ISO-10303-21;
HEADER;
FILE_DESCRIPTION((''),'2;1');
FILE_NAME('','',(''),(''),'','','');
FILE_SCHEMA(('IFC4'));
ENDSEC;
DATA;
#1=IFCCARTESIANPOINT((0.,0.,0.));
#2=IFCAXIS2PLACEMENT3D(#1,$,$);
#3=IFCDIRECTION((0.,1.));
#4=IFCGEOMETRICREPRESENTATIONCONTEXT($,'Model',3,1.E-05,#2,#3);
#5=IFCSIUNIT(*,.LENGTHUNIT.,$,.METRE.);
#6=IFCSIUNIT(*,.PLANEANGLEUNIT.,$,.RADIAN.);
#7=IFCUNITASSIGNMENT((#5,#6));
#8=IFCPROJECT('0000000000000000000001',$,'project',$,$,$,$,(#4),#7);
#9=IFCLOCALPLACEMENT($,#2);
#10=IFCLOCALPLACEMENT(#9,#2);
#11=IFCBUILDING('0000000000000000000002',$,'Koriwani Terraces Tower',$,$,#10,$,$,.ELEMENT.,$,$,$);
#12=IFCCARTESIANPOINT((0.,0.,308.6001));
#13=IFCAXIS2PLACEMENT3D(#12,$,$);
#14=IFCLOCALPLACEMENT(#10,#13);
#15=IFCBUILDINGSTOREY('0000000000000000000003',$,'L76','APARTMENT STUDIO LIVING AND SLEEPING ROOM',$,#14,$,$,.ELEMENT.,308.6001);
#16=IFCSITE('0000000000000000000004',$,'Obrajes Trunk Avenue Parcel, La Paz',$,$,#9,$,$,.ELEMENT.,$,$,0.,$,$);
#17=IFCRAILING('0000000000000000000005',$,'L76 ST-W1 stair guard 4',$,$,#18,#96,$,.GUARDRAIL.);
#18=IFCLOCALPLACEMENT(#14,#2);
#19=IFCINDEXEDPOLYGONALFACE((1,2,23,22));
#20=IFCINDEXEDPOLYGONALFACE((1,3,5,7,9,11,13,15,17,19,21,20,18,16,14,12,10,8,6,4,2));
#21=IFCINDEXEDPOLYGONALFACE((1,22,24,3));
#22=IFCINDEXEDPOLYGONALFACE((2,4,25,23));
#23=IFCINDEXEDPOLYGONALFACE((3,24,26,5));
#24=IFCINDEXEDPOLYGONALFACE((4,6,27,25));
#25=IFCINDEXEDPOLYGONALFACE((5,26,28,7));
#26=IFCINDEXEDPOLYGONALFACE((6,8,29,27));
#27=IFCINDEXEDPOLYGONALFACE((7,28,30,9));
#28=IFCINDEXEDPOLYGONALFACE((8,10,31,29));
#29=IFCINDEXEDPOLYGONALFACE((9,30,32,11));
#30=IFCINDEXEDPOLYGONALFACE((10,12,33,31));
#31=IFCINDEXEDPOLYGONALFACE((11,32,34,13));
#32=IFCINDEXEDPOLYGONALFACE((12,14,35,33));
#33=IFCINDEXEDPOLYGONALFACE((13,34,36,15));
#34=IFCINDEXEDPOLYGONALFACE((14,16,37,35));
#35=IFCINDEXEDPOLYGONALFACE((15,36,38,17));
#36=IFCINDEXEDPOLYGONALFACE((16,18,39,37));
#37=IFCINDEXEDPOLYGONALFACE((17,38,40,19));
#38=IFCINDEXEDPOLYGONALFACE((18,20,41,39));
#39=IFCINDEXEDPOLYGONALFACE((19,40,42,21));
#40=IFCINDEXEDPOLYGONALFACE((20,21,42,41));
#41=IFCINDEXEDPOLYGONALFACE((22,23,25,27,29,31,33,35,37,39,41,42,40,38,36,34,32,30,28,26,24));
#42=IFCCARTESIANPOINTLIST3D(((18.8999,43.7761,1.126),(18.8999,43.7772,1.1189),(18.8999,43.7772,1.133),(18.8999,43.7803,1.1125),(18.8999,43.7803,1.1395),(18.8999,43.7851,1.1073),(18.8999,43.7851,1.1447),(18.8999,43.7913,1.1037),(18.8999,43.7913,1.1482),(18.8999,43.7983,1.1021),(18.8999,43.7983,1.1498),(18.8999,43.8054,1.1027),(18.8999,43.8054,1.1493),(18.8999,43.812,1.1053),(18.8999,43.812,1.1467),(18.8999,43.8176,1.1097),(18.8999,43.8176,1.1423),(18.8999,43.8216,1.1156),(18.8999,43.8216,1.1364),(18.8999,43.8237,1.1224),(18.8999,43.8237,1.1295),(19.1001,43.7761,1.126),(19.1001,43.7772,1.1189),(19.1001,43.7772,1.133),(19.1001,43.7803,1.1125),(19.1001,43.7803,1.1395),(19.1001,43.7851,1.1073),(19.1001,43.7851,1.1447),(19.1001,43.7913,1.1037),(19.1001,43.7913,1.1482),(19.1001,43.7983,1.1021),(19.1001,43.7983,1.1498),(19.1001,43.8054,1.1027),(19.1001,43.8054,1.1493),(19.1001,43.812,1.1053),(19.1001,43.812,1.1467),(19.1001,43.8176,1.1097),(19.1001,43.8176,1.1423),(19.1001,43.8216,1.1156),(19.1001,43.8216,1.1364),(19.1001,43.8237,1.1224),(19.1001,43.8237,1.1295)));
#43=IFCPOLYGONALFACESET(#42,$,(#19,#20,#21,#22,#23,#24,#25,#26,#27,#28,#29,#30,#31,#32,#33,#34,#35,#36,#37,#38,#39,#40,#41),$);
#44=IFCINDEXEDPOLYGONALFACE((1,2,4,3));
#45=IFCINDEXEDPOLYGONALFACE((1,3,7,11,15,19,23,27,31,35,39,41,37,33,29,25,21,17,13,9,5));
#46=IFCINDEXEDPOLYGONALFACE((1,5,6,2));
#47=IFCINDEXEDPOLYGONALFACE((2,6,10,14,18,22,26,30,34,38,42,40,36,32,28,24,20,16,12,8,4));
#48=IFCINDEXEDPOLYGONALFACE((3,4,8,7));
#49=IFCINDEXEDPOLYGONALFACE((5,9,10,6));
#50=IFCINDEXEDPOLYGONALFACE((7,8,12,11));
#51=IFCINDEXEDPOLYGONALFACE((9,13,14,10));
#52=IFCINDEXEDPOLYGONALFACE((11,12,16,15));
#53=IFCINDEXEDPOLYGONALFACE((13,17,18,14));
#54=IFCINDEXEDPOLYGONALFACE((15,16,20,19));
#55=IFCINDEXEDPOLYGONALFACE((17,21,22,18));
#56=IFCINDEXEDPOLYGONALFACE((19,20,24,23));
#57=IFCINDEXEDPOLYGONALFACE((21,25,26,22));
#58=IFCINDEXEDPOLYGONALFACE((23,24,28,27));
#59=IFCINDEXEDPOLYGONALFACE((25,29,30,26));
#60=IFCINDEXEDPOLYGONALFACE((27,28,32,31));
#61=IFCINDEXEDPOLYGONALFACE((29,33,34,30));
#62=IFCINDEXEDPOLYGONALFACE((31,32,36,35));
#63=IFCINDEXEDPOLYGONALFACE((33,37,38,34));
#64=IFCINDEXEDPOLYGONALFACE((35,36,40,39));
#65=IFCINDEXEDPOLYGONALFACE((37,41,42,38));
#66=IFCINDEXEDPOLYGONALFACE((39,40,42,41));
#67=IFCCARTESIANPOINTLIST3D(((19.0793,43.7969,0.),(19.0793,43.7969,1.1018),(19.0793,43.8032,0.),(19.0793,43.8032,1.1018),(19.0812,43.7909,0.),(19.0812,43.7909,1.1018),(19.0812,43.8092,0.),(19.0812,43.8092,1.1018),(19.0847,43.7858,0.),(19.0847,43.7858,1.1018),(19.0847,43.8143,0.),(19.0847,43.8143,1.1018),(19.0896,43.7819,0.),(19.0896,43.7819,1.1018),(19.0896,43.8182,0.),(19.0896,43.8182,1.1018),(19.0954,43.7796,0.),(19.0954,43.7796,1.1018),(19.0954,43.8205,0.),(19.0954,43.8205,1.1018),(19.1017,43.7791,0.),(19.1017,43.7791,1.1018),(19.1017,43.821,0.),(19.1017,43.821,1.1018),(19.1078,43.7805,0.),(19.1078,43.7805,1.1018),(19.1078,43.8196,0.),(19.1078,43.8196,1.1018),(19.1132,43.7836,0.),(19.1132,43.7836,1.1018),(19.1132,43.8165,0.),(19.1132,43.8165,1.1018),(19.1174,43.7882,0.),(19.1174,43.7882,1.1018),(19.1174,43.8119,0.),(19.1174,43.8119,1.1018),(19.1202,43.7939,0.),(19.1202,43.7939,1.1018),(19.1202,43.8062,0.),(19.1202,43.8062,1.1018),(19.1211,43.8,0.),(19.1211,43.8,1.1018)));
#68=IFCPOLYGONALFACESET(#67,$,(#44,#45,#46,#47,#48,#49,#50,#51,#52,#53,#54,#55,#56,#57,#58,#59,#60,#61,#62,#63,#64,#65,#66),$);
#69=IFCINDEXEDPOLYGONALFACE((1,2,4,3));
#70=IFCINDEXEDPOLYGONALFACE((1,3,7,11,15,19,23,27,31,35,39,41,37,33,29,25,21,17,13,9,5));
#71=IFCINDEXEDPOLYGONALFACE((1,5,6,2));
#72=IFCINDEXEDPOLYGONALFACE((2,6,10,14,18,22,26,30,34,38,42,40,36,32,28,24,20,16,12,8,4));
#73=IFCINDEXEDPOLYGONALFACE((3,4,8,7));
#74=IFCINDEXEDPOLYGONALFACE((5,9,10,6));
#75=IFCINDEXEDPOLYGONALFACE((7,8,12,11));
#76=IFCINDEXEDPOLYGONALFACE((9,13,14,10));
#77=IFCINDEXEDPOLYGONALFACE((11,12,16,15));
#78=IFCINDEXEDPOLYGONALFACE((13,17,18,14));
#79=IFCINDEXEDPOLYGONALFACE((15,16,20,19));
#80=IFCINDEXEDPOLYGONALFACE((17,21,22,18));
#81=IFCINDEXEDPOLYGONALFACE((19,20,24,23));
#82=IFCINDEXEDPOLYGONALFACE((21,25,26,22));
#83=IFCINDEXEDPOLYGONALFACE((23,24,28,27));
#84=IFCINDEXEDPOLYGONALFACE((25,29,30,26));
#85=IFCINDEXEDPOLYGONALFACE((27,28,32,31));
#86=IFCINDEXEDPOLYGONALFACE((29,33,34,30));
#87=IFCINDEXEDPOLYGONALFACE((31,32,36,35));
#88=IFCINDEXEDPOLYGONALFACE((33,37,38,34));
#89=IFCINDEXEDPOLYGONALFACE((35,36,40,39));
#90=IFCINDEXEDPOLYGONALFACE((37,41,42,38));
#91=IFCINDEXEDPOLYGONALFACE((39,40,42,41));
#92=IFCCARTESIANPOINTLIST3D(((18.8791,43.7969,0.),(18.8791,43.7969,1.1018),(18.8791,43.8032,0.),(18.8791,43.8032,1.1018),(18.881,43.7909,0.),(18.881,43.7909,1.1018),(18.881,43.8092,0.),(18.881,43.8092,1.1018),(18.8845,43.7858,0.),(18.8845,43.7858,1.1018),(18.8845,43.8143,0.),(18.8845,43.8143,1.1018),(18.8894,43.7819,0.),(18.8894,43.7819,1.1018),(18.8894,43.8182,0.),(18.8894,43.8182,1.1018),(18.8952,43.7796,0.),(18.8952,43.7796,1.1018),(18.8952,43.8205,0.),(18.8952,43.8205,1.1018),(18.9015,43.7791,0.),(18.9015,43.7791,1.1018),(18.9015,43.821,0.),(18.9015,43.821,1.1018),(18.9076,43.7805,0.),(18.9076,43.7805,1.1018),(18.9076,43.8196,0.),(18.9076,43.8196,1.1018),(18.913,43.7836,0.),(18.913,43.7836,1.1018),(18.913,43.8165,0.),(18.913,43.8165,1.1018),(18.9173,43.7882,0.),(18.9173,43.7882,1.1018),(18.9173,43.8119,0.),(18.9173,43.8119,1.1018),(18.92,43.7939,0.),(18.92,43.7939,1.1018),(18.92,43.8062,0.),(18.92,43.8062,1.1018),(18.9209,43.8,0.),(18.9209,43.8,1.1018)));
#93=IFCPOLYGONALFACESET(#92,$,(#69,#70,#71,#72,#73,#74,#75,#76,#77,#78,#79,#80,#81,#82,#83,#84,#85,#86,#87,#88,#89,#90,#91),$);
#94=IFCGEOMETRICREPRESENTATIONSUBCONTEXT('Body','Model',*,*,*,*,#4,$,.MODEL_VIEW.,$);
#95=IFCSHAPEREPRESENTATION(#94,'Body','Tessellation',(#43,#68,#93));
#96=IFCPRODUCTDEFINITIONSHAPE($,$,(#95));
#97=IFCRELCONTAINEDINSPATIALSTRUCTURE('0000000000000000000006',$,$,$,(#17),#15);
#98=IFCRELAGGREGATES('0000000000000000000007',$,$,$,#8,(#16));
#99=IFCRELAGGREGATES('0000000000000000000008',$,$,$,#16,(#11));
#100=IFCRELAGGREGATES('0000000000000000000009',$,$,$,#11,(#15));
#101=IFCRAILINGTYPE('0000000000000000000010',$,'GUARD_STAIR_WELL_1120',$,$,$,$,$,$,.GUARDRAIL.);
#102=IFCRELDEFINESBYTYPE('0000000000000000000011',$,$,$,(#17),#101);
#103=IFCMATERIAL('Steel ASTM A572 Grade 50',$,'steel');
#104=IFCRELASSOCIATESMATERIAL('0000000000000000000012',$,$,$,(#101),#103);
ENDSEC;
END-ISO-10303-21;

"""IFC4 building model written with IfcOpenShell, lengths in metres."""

from ifc_helpers import new_model, si_unit, direction, frame, origin, origin_2d, place, context, subcontext, project, spatial, circle, extrude, material, type_object, element, save


model = new_model("IFC4")

# Units and contexts
model_context = context("Model", 3, precision=1e-05, world=origin(), true_north=direction((0.0, 1.0)))
body_context = subcontext(model_context, "Body", "Model", "MODEL_VIEW")
ifc_project = project(units=[si_unit("LENGTHUNIT", "METRE"), si_unit("PLANEANGLEUNIT", "RADIAN")], contexts=[model_context])

# Site, building, storey
site_placement = place(None, origin())
site = spatial("IfcSite", under=ifc_project, at=site_placement, Name="Obrajes Trunk Avenue Parcel, La Paz", CompositionType="ELEMENT", RefElevation=0.0)
building_placement = place(site_placement, origin())
building = spatial("IfcBuilding", under=site, at=building_placement, Name="Koriwani Terraces Tower", CompositionType="ELEMENT")
storey_placement = place(building_placement, frame((0.0, 0.0, 308.6001)))
storey = spatial("IfcBuildingStorey", under=building, at=storey_placement, Name="L76", Description="APARTMENT STUDIO LIVING AND SLEEPING ROOM", CompositionType="ELEMENT", Elevation=308.6001)

# Shared definitions
ifc_material_1 = material(Name="Steel ASTM A572 Grade 50", Category="steel")

# Railing
railing_type_1 = type_object("IfcRailingType", Name="GUARD_STAIR_WELL_1120", PredefinedType="GUARDRAIL", material=ifc_material_1)
railing_1_placement = place(storey_placement, frame((19.1001, 43.8, 0.0)))
element("IfcRailing", 1, at=railing_1_placement, inside=storey, type_object=railing_type_1, Name="L76 ST-W1 stair guard 4", PredefinedType="GUARDRAIL", context=body_context, shape_type="SweptSolid", body=[
    extrude(circle(Radius=0.0239, at=origin_2d()), frame((0.0, 0.0, 1.126), z_axis=(-1.0, 0.0, 0.0), x_axis=(0.0, -1.0, 0.0)), (0.0, 0.0, 1.0), 0.2002),
    extrude(circle(Radius=0.021, at=origin_2d()), origin(), (0.0, 0.0, 1.0), 1.1018),
    extrude(circle(Radius=0.021, at=origin_2d()), frame((-0.2002, 0.0, 0.0)), (0.0, 0.0, 1.0), 1.1018),
])

save(model, "model.ifc")
